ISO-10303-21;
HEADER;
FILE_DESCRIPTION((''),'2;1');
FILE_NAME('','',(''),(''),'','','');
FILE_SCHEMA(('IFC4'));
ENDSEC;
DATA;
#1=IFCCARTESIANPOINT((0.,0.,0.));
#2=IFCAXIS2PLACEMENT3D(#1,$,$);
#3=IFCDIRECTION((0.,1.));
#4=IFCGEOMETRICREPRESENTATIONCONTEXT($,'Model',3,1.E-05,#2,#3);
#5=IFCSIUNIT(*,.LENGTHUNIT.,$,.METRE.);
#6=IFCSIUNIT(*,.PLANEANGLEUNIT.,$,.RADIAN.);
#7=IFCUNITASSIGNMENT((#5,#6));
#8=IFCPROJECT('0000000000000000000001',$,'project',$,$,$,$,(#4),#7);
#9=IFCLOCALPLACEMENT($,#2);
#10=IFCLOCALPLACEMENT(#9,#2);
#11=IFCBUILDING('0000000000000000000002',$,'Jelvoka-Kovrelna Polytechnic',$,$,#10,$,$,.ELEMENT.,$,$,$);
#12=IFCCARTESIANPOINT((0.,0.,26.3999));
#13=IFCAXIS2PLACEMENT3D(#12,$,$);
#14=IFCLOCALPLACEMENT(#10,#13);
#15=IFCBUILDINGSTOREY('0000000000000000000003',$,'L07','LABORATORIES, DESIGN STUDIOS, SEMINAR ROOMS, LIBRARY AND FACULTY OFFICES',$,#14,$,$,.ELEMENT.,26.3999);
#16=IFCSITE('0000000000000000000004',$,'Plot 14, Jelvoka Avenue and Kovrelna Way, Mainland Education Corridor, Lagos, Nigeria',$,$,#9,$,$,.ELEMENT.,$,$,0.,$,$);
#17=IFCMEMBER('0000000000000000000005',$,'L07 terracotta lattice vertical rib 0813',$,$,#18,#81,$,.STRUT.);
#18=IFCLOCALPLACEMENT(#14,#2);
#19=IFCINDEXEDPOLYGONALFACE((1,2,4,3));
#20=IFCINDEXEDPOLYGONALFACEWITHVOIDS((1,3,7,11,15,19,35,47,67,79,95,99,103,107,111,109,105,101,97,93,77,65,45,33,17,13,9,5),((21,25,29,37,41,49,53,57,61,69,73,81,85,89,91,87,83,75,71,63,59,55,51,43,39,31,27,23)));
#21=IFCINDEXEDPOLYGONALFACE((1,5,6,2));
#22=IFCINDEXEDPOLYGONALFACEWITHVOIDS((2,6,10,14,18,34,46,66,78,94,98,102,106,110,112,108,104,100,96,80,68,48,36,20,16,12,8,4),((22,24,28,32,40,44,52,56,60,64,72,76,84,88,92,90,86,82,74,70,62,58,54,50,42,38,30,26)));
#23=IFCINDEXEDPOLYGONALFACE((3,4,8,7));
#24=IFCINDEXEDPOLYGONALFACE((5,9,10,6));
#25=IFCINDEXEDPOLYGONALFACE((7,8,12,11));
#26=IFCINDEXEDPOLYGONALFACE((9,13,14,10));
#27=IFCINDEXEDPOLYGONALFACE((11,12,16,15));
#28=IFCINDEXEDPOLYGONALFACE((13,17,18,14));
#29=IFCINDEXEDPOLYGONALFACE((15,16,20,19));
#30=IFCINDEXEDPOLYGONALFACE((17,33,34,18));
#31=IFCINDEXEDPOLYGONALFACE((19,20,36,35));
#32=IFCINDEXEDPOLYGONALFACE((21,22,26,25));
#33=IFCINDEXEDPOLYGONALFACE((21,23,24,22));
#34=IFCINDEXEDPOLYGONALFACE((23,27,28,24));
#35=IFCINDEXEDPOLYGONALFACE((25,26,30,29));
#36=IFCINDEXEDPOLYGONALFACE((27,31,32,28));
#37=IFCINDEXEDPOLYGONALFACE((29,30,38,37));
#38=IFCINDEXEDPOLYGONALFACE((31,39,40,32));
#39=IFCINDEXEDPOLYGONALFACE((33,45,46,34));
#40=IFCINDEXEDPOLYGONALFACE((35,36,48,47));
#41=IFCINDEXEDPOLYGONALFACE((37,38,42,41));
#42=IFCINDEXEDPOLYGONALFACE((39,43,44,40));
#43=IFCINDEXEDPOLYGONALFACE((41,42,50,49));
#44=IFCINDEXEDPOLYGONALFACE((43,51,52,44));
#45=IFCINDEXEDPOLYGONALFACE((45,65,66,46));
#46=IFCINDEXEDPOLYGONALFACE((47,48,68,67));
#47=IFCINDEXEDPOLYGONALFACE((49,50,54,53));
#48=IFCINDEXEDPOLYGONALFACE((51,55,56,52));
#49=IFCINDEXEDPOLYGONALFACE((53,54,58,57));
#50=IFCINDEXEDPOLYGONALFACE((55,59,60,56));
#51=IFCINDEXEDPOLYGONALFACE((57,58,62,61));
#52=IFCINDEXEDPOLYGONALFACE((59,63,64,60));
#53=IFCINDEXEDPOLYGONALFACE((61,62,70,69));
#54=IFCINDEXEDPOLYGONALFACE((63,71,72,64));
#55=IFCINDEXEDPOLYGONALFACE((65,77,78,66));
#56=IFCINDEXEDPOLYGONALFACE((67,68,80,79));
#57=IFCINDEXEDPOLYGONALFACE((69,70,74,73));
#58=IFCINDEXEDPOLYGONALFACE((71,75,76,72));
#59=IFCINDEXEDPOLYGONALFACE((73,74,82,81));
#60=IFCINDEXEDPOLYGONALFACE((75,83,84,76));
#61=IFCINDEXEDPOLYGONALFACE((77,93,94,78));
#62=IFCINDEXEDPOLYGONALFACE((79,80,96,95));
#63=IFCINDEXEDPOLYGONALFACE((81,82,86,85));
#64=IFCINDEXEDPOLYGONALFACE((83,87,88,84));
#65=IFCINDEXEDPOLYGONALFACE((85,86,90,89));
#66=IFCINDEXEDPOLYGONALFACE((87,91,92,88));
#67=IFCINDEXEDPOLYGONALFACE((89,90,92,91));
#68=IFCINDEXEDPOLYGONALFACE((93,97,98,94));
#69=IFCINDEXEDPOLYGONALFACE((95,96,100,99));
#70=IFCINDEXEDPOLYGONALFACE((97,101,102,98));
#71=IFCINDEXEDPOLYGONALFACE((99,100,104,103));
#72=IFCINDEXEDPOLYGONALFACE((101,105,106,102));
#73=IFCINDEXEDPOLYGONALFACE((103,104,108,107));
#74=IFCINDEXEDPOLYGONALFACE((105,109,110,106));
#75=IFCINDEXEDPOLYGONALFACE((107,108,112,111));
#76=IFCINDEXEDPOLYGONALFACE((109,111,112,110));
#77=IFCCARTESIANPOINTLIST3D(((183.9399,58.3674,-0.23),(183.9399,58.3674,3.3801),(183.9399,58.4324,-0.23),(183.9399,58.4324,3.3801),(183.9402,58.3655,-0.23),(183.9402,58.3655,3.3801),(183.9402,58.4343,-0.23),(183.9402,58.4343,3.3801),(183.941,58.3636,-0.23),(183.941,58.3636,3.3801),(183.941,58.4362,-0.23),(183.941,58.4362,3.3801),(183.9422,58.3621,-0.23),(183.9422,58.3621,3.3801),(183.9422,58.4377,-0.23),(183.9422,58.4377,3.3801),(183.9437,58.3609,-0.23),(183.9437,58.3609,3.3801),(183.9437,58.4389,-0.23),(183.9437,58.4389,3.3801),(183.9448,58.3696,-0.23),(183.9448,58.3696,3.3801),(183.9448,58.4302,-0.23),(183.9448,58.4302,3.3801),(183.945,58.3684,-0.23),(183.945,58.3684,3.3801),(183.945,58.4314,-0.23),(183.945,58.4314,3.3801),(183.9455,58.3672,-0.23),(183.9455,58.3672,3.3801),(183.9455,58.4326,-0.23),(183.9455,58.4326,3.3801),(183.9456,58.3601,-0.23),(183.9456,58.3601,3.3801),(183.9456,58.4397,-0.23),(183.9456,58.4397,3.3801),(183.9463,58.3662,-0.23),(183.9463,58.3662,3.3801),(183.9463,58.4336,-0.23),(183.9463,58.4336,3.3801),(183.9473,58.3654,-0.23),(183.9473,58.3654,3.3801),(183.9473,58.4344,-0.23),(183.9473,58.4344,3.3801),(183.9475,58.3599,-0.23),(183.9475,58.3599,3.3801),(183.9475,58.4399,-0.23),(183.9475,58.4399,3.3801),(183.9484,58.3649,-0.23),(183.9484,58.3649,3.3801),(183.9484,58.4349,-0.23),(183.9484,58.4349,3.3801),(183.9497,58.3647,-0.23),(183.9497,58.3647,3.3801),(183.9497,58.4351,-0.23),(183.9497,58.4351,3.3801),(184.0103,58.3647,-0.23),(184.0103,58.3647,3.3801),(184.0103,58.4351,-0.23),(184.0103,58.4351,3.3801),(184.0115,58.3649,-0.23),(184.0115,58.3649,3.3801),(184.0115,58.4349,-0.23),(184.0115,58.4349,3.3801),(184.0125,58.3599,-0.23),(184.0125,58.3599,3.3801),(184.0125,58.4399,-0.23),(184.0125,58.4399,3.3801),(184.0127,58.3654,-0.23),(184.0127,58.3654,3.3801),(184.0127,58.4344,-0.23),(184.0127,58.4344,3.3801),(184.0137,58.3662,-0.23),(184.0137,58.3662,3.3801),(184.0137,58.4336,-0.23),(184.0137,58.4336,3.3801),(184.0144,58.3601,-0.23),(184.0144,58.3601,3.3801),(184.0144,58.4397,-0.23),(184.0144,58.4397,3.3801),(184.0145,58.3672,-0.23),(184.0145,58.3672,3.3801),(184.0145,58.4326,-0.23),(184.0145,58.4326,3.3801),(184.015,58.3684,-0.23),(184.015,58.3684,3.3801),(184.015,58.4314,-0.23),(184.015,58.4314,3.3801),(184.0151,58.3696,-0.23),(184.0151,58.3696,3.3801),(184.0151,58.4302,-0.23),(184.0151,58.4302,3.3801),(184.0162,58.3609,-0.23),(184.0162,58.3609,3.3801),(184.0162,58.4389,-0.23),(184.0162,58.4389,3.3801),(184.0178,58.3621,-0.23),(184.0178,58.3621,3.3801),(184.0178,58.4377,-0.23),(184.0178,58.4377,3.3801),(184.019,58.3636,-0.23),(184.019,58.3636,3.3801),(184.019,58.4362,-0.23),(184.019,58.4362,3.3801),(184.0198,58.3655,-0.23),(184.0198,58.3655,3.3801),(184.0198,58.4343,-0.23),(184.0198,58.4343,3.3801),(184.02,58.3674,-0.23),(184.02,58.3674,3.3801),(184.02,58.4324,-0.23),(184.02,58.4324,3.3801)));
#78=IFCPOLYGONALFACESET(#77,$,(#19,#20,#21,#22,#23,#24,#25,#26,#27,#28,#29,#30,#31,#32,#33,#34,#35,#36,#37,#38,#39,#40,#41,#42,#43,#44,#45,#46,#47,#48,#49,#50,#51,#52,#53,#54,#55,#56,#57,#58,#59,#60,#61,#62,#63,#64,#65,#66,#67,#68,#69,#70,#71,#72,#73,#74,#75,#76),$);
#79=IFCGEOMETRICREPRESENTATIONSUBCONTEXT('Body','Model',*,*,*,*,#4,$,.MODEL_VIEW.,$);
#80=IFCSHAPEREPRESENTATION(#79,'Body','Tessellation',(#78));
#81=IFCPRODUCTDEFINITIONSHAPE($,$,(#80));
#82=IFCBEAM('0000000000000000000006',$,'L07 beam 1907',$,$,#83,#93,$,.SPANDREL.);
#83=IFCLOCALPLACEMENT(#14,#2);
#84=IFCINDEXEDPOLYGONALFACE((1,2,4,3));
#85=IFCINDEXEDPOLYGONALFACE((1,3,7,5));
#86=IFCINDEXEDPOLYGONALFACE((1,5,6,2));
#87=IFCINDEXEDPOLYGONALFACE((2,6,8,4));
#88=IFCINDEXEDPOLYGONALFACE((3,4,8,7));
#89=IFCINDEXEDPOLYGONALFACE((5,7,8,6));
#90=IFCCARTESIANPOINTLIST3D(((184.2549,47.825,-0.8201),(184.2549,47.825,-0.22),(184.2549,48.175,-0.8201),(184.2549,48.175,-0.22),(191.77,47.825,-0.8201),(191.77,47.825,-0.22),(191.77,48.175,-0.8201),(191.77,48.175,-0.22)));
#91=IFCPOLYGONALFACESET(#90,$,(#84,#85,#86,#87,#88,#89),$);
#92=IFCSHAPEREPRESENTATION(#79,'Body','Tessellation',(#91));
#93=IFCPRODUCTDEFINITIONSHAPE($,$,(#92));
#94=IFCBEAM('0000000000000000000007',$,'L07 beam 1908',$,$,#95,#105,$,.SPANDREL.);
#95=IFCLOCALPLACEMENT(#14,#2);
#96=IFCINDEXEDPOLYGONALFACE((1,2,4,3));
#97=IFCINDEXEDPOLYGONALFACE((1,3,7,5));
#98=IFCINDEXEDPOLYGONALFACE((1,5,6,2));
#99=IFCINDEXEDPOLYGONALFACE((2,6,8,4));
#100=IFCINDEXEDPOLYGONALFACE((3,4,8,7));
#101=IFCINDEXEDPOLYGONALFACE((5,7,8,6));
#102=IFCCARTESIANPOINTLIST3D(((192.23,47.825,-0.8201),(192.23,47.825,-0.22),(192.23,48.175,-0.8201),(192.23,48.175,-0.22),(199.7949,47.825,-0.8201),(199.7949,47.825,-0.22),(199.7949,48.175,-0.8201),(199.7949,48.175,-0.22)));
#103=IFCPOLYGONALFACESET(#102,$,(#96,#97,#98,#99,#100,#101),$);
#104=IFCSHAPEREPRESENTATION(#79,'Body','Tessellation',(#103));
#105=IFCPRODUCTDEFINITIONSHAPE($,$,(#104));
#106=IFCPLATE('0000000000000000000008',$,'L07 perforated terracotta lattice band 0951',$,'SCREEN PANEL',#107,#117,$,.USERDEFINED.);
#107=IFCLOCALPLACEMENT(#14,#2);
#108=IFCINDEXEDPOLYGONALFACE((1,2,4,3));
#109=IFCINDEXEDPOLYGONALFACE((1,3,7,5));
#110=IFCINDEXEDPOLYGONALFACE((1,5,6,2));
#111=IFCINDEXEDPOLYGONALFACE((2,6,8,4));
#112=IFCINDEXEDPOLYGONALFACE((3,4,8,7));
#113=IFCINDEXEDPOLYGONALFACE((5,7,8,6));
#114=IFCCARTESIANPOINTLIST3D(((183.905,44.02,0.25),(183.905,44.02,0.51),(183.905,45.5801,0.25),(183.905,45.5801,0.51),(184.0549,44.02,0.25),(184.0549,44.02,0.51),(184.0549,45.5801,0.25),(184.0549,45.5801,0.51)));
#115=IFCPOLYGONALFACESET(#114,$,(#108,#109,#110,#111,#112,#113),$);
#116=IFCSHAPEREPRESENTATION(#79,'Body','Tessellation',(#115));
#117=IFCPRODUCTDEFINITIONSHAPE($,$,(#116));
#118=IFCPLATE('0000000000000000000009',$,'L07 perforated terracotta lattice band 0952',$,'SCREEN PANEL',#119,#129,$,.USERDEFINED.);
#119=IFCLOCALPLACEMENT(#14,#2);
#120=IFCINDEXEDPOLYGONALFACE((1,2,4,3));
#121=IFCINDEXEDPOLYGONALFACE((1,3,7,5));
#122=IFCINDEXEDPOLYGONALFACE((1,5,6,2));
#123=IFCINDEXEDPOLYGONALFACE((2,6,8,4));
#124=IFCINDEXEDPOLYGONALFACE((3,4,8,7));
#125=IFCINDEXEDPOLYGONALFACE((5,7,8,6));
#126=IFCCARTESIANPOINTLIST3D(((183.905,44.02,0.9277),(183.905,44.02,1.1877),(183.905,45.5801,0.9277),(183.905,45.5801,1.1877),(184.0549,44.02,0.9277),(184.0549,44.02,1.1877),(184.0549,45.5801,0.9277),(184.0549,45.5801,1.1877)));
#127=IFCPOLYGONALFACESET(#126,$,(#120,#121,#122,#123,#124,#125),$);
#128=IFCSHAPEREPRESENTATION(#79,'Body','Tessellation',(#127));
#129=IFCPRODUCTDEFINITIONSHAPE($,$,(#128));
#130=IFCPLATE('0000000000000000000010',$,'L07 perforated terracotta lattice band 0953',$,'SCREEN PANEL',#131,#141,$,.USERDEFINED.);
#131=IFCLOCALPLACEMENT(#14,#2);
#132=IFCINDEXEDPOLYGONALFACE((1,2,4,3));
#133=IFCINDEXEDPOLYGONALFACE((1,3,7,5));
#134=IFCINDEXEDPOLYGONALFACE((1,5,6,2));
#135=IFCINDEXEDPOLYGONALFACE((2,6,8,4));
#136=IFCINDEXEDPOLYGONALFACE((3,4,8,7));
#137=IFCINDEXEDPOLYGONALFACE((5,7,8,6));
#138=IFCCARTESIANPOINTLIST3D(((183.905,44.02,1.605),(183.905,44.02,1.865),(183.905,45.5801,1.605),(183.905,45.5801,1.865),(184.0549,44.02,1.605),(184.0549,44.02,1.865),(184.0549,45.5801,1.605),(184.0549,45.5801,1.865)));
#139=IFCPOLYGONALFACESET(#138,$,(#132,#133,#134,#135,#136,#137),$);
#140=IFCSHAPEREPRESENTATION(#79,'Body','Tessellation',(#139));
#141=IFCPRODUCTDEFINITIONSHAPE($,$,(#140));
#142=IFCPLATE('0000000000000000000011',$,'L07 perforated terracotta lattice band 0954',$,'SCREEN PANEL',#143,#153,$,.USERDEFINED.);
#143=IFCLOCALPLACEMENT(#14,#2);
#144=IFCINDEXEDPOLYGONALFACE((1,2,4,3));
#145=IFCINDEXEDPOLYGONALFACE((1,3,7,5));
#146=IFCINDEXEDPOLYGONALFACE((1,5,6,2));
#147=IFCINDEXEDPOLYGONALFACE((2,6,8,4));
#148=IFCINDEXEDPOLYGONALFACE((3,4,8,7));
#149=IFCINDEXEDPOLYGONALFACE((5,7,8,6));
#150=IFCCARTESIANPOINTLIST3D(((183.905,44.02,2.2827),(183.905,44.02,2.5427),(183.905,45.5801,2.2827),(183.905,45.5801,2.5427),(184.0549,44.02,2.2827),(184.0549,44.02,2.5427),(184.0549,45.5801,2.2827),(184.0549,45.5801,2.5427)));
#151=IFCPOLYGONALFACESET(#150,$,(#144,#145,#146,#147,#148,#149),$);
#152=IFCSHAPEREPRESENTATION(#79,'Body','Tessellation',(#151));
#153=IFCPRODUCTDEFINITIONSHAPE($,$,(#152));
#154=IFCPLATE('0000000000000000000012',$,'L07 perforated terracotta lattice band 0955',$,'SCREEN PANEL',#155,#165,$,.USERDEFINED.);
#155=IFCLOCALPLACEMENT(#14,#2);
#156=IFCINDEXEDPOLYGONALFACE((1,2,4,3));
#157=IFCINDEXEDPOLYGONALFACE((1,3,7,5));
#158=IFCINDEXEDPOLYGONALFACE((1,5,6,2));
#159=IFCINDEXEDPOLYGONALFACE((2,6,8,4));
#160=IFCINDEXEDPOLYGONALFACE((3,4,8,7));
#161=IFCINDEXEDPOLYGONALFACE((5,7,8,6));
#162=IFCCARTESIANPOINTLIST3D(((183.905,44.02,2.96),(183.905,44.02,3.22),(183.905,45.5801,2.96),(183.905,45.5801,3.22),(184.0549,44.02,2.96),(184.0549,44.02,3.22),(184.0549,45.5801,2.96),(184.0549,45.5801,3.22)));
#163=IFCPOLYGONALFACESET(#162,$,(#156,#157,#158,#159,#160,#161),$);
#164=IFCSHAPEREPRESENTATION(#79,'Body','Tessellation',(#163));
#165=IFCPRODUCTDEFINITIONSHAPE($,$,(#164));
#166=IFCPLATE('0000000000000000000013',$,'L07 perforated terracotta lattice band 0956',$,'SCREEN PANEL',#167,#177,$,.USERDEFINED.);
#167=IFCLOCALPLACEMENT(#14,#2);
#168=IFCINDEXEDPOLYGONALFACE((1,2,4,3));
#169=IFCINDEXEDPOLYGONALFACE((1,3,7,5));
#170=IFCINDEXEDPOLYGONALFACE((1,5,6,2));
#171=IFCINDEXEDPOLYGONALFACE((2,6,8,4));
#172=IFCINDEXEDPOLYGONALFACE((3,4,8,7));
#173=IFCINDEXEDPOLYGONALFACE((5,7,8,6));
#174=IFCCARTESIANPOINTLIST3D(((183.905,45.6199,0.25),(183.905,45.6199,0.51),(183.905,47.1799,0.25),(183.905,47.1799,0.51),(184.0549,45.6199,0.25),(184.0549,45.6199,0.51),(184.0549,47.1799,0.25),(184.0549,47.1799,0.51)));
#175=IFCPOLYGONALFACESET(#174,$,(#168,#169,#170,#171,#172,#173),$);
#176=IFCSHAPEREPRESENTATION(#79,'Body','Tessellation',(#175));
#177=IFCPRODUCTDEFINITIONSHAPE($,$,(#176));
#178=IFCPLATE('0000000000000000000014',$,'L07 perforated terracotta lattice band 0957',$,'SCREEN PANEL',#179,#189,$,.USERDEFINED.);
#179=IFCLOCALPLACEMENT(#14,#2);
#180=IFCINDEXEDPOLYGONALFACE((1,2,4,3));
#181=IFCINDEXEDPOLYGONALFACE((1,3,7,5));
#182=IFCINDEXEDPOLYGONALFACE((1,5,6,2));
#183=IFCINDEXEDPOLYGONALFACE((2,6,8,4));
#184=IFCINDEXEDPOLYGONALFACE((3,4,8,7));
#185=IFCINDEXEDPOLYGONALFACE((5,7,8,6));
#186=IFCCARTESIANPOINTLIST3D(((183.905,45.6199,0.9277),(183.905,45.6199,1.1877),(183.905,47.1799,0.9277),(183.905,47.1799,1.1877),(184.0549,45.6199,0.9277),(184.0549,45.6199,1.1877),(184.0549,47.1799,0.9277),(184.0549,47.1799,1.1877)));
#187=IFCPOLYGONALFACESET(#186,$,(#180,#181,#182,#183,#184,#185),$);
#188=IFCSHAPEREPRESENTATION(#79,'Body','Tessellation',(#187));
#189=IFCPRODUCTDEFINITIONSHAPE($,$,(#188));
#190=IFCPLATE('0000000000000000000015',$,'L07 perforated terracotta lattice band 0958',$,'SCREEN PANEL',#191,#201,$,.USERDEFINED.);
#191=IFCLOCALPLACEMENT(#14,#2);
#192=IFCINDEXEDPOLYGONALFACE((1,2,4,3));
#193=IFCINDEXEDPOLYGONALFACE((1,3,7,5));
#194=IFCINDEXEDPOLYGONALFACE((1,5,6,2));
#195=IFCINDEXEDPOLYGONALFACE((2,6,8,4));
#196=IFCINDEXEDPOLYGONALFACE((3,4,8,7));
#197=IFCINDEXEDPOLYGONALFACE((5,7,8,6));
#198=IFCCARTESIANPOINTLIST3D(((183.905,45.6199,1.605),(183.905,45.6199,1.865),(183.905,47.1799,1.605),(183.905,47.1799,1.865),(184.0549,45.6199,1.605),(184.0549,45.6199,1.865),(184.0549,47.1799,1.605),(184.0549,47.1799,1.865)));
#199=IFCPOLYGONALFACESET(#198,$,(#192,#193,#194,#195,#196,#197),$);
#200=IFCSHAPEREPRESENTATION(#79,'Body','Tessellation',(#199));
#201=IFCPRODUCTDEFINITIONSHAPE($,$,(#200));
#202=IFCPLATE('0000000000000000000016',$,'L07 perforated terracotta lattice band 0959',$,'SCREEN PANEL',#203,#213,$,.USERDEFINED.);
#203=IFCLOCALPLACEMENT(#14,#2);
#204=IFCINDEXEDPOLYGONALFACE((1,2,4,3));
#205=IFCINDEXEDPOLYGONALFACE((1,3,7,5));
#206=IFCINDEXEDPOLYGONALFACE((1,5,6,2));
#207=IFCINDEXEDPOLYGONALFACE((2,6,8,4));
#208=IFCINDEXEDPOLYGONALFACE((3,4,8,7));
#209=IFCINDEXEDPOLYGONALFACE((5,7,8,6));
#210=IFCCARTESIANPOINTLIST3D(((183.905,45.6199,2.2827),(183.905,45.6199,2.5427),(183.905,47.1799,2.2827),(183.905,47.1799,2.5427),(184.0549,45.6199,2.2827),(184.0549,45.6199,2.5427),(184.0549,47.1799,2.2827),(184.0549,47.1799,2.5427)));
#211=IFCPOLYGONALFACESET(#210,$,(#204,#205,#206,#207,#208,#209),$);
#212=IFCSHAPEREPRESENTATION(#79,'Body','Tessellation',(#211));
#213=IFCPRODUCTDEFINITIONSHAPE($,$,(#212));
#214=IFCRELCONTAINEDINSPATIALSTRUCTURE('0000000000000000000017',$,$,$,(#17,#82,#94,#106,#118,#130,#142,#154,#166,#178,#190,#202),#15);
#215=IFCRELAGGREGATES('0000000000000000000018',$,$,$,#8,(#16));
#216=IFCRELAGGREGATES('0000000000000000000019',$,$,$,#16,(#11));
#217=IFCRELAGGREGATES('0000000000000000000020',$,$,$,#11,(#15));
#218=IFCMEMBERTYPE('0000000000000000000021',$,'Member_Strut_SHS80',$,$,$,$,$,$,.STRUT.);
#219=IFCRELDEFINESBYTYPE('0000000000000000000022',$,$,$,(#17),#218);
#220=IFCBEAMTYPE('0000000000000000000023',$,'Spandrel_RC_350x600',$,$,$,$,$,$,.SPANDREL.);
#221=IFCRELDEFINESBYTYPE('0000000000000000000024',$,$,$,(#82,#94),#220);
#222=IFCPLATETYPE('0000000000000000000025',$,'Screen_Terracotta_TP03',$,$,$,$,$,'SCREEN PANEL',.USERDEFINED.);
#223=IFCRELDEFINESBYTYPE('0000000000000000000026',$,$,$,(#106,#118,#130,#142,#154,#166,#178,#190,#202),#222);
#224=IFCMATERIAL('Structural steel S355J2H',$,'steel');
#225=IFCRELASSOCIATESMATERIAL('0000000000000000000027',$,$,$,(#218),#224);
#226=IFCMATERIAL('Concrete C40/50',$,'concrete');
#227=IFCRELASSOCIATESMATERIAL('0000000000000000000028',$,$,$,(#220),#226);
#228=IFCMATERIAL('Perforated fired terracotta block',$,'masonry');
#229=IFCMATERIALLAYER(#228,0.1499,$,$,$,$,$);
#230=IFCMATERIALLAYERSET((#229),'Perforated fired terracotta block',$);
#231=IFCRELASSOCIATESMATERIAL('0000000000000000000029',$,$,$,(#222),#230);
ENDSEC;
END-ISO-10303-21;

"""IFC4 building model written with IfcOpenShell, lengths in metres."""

from ifc_helpers import new_model, si_unit, direction, frame, origin, origin_2d, place, context, subcontext, project, spatial, rectangle, hollow_rectangle, extrude, material, layer, layer_set, material_profile, profile_set, type_object, element, save


model = new_model("IFC4")

# Units and contexts
model_context = context("Model", 3, precision=1e-05, world=origin(), true_north=direction((0.0, 1.0)))
body_context = subcontext(model_context, "Body", "Model", "MODEL_VIEW")
ifc_project = project(units=[si_unit("LENGTHUNIT", "METRE"), si_unit("PLANEANGLEUNIT", "RADIAN")], contexts=[model_context])

# Site, building, storey
site_placement = place(None, origin())
site = spatial("IfcSite", under=ifc_project, at=site_placement, Name="Plot 14, Jelvoka Avenue and Kovrelna Way, Mainland Education Corridor, Lagos, Nigeria", CompositionType="ELEMENT", RefElevation=0.0)
building_placement = place(site_placement, origin())
building = spatial("IfcBuilding", under=site, at=building_placement, Name="Jelvoka-Kovrelna Polytechnic", CompositionType="ELEMENT")
storey_placement = place(building_placement, frame((0.0, 0.0, 26.3999)))
storey = spatial("IfcBuildingStorey", under=building, at=storey_placement, Name="L07", Description="LABORATORIES, DESIGN STUDIOS, SEMINAR ROOMS, LIBRARY AND FACULTY OFFICES", CompositionType="ELEMENT", Elevation=26.3999)

# Member
ifc_material_1 = material(Name="Structural steel S355J2H", Category="steel")
ifc_material_profile_1 = material_profile(ifc_material_1, hollow_rectangle(XDim=0.0801, YDim=0.0801, WallThickness=0.0049, InnerFilletRadius=0.0049, OuterFilletRadius=0.0076, at=origin_2d()), Name="80x80x5.0 SHS")
ifc_profile_set_1 = profile_set([ifc_material_profile_1], Name="Structural steel S355J2H")
member_type_1 = type_object("IfcMemberType", Name="Member_Strut_SHS80", PredefinedType="STRUT", material=ifc_profile_set_1)
for number, where, z_axis, x_axis, name in (
    (1, (183.98, 58.3999, -0.23), (0.0, 0.0, 1.0), (1.0, 0.0, 0.0), "L07 terracotta lattice vertical rib 0813"),
):
    element("IfcMember", number, at=place(storey_placement, frame(where, z_axis=z_axis, x_axis=x_axis)), inside=storey, type_object=member_type_1, Name=name, PredefinedType="STRUT", context=body_context, shape_type="SweptSolid", body=[
        extrude(hollow_rectangle(XDim=0.0801, YDim=0.0801, WallThickness=0.0049, InnerFilletRadius=0.0049, OuterFilletRadius=0.0076, at=origin_2d()), origin(), (0.0, 0.0, 1.0), 3.6101),
    ])

# Beams
ifc_material_2 = material(Name="Concrete C40/50", Category="concrete")
ifc_material_profile_2 = material_profile(ifc_material_2, rectangle(XDim=0.3501, YDim=0.6001, at=origin_2d()), Name="RC 350x600")
ifc_profile_set_2 = profile_set([ifc_material_profile_2], Name="Concrete C40/50")
beam_type_1 = type_object("IfcBeamType", Name="Spandrel_RC_350x600", PredefinedType="SPANDREL", material=ifc_profile_set_2)
beam_1_placement = place(storey_placement, frame((184.2549, 48.0, -0.52), z_axis=(1.0, 0.0, 0.0), x_axis=(0.0, 1.0, 0.0)))
element("IfcBeam", 2, at=beam_1_placement, inside=storey, type_object=beam_type_1, Name="L07 beam 1907", PredefinedType="SPANDREL", context=body_context, shape_type="SweptSolid", body=[
    extrude(rectangle(XDim=0.3501, YDim=0.6001, at=origin_2d()), origin(), (0.0, 0.0, 1.0), 7.5151),
])
beam_2_placement = place(storey_placement, frame((192.23, 48.0, -0.52), z_axis=(1.0, 0.0, 0.0), x_axis=(0.0, 1.0, 0.0)))
element("IfcBeam", 3, at=beam_2_placement, inside=storey, type_object=beam_type_1, Name="L07 beam 1908", PredefinedType="SPANDREL", context=body_context, shape_type="SweptSolid", body=[
    extrude(rectangle(XDim=0.3501, YDim=0.6001, at=origin_2d()), origin(), (0.0, 0.0, 1.0), 7.5649),
])

# Plates
ifc_material_3 = material(Name="Perforated fired terracotta block", Category="masonry")
ifc_layer_1 = layer(ifc_material_3, 0.1499)
ifc_layer_set_1 = layer_set([ifc_layer_1], Name="Perforated fired terracotta block")
plate_type_1 = type_object("IfcPlateType", Name="Screen_Terracotta_TP03", ElementType="SCREEN PANEL", PredefinedType="USERDEFINED", material=ifc_layer_set_1)
for number, where, z_axis, x_axis, name in (
    (4, (183.98, 44.8, 0.25), (0.0, 0.0, 1.0), (0.0, 1.0, 0.0), "L07 perforated terracotta lattice band 0951"),
    (5, (183.98, 44.8, 0.9277), (0.0, 0.0, 1.0), (0.0, 1.0, 0.0), "L07 perforated terracotta lattice band 0952"),
    (6, (183.98, 44.8, 1.605), (0.0, 0.0, 1.0), (0.0, 1.0, 0.0), "L07 perforated terracotta lattice band 0953"),
    (7, (183.98, 44.8, 2.2827), (0.0, 0.0, 1.0), (0.0, 1.0, 0.0), "L07 perforated terracotta lattice band 0954"),
    (8, (183.98, 44.8, 2.96), (0.0, 0.0, 1.0), (0.0, 1.0, 0.0), "L07 perforated terracotta lattice band 0955"),
    (9, (183.98, 46.3999, 0.25), (0.0, 0.0, 1.0), (0.0, 1.0, 0.0), "L07 perforated terracotta lattice band 0956"),
    (10, (183.98, 46.3999, 0.9277), (0.0, 0.0, 1.0), (0.0, 1.0, 0.0), "L07 perforated terracotta lattice band 0957"),
    (11, (183.98, 46.3999, 1.605), (0.0, 0.0, 1.0), (0.0, 1.0, 0.0), "L07 perforated terracotta lattice band 0958"),
    (12, (183.98, 46.3999, 2.2827), (0.0, 0.0, 1.0), (0.0, 1.0, 0.0), "L07 perforated terracotta lattice band 0959"),
):
    element("IfcPlate", number, at=place(storey_placement, frame(where, z_axis=z_axis, x_axis=x_axis)), inside=storey, type_object=plate_type_1, Name=name, ObjectType="SCREEN PANEL", PredefinedType="USERDEFINED", context=body_context, shape_type="SweptSolid", body=[
        extrude(rectangle(XDim=1.5601, YDim=0.1499, at=origin_2d()), origin(), (0.0, 0.0, 1.0), 0.26),
    ])

save(model, "model.ifc")
